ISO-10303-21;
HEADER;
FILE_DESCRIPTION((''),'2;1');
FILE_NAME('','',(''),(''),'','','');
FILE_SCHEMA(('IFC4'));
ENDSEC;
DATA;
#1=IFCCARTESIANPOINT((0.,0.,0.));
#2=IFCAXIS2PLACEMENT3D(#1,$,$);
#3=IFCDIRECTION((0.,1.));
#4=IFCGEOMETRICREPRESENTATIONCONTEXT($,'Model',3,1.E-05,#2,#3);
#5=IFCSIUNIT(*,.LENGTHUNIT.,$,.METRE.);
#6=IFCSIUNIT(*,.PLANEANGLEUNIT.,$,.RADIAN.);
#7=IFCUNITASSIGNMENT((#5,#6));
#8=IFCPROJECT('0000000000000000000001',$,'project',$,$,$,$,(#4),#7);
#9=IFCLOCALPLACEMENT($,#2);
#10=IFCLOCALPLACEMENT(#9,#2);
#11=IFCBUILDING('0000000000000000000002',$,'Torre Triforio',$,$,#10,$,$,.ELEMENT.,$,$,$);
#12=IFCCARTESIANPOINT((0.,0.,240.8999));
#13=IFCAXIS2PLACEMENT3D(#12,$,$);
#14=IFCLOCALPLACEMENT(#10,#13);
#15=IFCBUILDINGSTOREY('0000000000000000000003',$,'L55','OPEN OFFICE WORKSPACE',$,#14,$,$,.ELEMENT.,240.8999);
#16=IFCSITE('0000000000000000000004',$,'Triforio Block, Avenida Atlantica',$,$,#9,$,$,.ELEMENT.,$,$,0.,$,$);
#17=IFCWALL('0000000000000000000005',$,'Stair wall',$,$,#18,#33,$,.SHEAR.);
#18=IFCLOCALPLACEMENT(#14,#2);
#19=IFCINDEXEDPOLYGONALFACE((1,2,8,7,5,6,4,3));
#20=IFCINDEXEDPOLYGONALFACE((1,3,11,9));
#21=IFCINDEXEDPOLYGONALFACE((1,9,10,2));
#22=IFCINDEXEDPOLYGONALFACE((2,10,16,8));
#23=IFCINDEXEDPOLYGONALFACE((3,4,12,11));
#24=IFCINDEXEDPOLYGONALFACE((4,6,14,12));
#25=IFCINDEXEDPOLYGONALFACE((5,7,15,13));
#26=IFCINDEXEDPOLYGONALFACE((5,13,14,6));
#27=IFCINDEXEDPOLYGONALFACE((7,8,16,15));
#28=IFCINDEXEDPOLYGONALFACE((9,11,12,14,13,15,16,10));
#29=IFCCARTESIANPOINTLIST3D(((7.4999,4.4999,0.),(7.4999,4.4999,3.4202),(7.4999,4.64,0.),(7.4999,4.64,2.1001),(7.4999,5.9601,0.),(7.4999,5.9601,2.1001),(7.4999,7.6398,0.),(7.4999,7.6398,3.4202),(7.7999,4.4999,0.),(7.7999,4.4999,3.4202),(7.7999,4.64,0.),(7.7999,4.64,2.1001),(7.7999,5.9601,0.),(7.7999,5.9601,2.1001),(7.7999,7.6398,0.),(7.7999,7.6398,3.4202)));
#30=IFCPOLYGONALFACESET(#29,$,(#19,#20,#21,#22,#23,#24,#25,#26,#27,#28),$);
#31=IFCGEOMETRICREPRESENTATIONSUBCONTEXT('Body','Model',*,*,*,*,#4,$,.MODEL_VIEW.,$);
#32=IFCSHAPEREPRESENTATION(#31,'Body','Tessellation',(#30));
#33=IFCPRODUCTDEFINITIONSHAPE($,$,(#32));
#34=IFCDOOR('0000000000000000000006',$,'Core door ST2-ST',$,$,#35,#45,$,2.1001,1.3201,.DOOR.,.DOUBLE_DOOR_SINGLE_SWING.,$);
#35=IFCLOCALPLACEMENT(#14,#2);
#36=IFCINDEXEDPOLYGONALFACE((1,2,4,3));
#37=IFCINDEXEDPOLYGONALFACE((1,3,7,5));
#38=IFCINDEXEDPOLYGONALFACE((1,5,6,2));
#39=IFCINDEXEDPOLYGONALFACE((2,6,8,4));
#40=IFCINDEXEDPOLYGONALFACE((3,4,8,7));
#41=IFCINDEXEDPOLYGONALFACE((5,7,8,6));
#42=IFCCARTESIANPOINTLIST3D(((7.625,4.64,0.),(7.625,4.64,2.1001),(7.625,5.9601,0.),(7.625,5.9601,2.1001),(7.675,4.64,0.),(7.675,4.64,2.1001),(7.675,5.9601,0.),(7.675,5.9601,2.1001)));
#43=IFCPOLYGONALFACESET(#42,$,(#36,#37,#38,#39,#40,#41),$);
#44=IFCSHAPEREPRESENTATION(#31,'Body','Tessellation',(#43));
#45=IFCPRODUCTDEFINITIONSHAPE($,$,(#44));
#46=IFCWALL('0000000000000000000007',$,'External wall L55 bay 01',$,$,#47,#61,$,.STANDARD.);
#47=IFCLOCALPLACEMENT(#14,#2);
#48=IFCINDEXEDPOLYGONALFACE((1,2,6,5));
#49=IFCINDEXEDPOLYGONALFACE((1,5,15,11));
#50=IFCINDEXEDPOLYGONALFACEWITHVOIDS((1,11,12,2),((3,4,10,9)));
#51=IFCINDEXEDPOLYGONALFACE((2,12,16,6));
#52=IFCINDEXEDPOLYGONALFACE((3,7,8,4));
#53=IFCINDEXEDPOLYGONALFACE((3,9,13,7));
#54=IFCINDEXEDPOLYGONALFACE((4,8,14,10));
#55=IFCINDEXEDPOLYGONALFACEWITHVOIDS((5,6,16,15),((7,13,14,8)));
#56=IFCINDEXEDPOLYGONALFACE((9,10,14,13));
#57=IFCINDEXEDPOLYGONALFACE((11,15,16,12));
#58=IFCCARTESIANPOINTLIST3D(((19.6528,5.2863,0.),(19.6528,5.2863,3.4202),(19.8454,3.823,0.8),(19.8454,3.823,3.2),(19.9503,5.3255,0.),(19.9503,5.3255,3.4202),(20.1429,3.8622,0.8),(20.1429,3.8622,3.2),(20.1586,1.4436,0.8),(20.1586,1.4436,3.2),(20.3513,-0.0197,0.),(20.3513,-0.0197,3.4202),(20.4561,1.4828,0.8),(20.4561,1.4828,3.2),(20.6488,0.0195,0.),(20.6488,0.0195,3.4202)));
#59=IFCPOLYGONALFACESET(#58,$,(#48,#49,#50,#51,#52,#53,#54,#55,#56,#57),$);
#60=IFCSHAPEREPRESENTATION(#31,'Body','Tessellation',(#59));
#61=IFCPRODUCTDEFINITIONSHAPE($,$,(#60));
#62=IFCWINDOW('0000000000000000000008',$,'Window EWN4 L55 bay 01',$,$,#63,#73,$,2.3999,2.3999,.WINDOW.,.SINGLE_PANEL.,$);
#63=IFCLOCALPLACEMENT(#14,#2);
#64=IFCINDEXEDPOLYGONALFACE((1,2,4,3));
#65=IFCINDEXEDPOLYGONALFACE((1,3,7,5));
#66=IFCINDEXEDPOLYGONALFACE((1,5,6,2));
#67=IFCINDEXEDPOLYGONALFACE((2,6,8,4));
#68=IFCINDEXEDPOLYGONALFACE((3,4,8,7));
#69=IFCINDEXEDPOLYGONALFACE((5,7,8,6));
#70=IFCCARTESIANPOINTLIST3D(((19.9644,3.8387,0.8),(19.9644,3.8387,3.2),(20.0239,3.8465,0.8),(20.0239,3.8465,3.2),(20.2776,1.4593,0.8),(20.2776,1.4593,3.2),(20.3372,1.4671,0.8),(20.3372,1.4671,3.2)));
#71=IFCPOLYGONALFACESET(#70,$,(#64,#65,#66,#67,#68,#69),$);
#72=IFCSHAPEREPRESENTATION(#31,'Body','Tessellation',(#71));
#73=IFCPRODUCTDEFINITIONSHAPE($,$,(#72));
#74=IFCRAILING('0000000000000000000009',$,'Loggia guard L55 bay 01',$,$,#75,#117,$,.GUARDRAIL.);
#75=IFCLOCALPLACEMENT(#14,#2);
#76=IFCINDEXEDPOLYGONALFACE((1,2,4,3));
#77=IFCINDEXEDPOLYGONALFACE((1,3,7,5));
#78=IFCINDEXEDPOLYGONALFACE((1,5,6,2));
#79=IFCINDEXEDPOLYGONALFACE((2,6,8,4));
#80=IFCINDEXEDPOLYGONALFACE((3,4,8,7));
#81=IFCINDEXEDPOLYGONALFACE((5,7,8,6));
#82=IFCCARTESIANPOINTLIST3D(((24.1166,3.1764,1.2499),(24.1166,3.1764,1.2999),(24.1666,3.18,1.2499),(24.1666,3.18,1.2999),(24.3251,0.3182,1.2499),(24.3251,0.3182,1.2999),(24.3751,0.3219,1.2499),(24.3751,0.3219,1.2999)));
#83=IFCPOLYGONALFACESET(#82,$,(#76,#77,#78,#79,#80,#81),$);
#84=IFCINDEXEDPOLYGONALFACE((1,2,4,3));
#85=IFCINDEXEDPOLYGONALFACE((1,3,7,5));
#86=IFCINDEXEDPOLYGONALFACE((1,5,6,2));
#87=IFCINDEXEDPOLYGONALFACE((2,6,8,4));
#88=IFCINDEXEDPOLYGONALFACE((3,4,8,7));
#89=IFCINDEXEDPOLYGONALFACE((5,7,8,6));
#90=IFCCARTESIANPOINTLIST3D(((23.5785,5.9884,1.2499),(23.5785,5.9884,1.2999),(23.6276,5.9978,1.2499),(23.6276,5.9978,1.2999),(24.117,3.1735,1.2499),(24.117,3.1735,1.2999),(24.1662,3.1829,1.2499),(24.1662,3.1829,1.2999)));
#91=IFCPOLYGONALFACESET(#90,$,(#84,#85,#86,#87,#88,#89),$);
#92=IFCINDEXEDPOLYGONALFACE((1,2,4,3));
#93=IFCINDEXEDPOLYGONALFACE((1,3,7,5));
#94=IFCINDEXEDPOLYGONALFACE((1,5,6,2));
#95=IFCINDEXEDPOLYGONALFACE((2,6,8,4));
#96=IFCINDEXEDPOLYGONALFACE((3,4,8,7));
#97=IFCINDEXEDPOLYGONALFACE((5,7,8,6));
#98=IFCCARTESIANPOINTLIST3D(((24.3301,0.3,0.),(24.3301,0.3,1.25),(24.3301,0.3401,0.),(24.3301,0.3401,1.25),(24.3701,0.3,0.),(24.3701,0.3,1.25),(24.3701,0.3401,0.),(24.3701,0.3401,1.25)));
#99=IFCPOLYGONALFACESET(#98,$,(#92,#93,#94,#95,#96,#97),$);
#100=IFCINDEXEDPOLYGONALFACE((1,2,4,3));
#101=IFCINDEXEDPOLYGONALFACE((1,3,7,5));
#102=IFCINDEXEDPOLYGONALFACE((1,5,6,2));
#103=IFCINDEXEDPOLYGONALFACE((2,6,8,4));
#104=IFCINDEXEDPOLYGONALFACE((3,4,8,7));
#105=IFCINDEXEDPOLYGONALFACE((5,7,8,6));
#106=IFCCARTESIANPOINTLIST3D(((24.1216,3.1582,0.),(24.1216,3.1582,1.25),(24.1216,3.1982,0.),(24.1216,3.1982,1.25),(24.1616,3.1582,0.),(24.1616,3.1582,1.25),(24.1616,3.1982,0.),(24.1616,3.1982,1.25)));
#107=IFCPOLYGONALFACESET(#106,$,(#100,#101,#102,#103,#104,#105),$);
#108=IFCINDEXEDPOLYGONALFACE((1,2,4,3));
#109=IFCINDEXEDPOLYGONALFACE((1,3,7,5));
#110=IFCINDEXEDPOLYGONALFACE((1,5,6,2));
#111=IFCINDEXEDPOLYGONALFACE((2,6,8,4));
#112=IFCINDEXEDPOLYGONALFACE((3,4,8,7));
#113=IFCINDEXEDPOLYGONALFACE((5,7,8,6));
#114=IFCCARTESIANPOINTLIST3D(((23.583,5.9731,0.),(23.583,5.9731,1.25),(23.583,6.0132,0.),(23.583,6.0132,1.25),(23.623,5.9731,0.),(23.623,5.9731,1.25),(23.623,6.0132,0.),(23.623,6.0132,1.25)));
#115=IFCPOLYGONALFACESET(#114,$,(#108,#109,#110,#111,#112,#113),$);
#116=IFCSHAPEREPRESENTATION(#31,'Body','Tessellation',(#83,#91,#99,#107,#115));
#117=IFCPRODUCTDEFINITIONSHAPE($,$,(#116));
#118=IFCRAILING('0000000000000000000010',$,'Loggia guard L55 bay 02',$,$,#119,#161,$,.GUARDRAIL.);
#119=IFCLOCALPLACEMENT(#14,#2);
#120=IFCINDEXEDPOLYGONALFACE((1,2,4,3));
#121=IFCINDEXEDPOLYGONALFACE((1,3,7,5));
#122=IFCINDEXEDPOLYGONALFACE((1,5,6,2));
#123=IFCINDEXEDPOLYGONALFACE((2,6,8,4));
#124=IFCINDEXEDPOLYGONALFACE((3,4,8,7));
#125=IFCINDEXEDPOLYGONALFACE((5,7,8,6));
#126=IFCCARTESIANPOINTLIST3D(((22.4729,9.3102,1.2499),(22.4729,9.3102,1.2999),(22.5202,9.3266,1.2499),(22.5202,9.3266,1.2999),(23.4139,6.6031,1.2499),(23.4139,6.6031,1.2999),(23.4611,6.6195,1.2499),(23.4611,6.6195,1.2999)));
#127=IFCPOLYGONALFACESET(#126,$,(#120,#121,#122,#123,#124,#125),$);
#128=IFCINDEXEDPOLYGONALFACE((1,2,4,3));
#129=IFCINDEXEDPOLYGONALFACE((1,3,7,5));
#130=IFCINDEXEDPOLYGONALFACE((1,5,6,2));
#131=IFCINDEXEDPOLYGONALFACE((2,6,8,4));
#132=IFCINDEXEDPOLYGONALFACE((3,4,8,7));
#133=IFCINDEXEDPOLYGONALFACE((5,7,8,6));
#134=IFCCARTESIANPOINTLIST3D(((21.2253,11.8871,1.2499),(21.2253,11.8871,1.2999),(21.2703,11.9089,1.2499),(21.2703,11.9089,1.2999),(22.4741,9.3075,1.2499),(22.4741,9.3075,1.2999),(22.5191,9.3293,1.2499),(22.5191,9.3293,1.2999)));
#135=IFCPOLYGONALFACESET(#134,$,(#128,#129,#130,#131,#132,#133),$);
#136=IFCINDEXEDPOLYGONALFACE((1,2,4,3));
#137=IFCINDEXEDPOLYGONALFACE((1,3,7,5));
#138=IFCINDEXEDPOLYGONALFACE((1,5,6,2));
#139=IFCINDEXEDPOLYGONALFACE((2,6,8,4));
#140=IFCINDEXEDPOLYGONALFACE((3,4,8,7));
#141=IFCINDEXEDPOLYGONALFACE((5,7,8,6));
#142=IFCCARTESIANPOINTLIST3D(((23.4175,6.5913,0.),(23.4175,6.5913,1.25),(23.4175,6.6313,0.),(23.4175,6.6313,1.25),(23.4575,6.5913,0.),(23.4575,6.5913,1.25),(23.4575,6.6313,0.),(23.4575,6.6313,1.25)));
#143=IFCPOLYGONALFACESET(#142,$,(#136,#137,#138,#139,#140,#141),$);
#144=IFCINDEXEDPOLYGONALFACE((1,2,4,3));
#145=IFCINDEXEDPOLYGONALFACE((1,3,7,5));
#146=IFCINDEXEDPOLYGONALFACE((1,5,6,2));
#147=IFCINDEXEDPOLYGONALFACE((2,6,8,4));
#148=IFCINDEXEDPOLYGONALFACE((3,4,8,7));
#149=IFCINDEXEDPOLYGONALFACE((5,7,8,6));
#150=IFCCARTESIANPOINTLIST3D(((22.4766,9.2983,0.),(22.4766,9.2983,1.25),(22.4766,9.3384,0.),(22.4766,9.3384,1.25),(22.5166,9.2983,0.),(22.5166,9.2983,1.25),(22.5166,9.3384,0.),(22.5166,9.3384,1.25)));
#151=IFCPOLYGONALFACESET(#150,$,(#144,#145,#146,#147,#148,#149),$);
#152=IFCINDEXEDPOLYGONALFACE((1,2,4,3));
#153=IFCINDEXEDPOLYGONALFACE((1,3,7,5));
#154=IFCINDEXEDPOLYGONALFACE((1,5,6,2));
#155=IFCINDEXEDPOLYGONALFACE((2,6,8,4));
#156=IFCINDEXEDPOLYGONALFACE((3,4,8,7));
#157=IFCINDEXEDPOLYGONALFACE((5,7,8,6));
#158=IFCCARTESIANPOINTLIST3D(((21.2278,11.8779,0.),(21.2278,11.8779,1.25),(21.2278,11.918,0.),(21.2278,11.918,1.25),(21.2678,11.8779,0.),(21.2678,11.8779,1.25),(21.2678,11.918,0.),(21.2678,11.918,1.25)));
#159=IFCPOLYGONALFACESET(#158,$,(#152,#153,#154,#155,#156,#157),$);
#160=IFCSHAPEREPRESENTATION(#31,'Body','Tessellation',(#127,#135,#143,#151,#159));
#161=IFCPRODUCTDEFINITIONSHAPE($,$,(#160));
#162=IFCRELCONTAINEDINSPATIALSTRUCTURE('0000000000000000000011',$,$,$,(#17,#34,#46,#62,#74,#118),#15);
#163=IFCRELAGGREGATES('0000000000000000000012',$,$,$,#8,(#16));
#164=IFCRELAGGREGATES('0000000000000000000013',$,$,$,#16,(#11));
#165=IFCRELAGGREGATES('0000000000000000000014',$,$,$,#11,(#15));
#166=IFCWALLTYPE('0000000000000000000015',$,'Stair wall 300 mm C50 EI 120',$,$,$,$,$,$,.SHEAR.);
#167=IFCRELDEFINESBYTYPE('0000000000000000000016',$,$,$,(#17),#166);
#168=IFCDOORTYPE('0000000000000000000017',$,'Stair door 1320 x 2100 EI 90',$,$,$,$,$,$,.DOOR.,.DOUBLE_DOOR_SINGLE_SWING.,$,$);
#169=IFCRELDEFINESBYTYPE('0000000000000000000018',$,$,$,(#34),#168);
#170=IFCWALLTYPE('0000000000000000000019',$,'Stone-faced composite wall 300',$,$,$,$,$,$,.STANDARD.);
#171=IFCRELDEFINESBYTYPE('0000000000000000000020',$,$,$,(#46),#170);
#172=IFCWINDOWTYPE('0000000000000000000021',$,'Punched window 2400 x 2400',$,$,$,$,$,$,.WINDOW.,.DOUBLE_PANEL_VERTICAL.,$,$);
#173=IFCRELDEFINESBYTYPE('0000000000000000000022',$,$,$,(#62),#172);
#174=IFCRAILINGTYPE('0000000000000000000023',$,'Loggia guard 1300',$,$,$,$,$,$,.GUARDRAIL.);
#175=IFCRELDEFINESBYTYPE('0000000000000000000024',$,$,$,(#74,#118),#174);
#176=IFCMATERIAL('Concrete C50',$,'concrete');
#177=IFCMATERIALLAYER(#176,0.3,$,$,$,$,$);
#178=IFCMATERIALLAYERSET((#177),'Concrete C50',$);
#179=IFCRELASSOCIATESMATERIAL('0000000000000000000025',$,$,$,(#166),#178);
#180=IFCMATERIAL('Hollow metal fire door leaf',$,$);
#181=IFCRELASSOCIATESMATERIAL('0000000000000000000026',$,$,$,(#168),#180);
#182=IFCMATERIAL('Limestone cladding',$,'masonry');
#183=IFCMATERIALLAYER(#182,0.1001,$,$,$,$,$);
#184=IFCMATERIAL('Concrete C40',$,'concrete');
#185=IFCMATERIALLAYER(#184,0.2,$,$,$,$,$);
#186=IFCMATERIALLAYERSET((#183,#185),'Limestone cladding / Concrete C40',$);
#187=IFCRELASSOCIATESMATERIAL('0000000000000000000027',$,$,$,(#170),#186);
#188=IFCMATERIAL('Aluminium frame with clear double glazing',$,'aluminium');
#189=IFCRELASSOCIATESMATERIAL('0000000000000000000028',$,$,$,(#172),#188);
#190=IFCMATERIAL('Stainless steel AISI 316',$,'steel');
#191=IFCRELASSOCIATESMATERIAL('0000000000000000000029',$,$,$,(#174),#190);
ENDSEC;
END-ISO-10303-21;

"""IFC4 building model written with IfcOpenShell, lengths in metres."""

from ifc_helpers import new_model, si_unit, direction, frame, frame_2d, origin, origin_2d, place, context, subcontext, project, spatial, rectangle, extrude, material, layer, layer_set, type_object, element, fill, save


model = new_model("IFC4")

# Units and contexts
model_context = context("Model", 3, precision=1e-05, world=origin(), true_north=direction((0.0, 1.0)))
body_context = subcontext(model_context, "Body", "Model", "MODEL_VIEW")
ifc_project = project(units=[si_unit("LENGTHUNIT", "METRE"), si_unit("PLANEANGLEUNIT", "RADIAN")], contexts=[model_context])

# Site, building, storey
site_placement = place(None, origin())
site = spatial("IfcSite", under=ifc_project, at=site_placement, Name="Triforio Block, Avenida Atlantica", CompositionType="ELEMENT", RefElevation=0.0)
building_placement = place(site_placement, origin())
building = spatial("IfcBuilding", under=site, at=building_placement, Name="Torre Triforio", CompositionType="ELEMENT")
storey_placement = place(building_placement, frame((0.0, 0.0, 240.8999)))
storey = spatial("IfcBuildingStorey", under=building, at=storey_placement, Name="L55", Description="OPEN OFFICE WORKSPACE", CompositionType="ELEMENT", Elevation=240.8999)

# Shared definitions
ifc_material_1 = material(Name="Concrete C50", Category="concrete")

# Shared definitions
ifc_material_2 = material(Name="Concrete C40", Category="concrete")

# Shared definitions
ifc_material_3 = material(Name="Limestone cladding", Category="masonry")

# Wall, opening, door
ifc_layer_1 = layer(ifc_material_1, 0.3)
ifc_layer_set_1 = layer_set([ifc_layer_1], Name="Concrete C50")
wall_type_1 = type_object("IfcWallType", Name="Stair wall 300 mm C50 EI 120", PredefinedType="SHEAR", material=ifc_layer_set_1)
wall_1_placement = place(storey_placement, frame((7.6499, 4.5, 0.0), z_axis=(0.0, 0.0, 1.0), x_axis=(0.0, 1.0, 0.0)))
wall_1 = element("IfcWall", 1, at=wall_1_placement, inside=storey, type_object=wall_type_1, Name="Stair wall", PredefinedType="SHEAR", context=body_context, shape_type="SweptSolid", body=[
    extrude(rectangle(XDim=3.1399, YDim=0.3, at=frame_2d((1.5698, 0.0))), origin(), (0.0, 0.0, 1.0), 3.4202),
])
opening_1_placement = place(wall_1_placement, frame((0.1399, 0.0, 0.0)))
opening_1 = element("IfcOpeningElement", 2, at=opening_1_placement, cuts=wall_1, PredefinedType="OPENING", context=body_context, shape_type="SweptSolid", body=[
    extrude(rectangle(XDim=1.3201, YDim=2.1001, at=frame_2d((0.6602, 1.05))), frame((0.0, 0.1599, 0.0), z_axis=(0.0, -1.0, 0.0), x_axis=(1.0, 0.0, 0.0)), (0.0, 0.0, 1.0), 0.3201),
])
ifc_material_4 = material(Name="Hollow metal fire door leaf")
door_type_1 = type_object("IfcDoorType", Name="Stair door 1320 x 2100 EI 90", OperationType="DOUBLE_DOOR_SINGLE_SWING", PredefinedType="DOOR", material=ifc_material_4)
door_1_placement = place(opening_1_placement, origin())
door_1 = element("IfcDoor", 3, at=door_1_placement, inside=storey, type_object=door_type_1, Name="Core door ST2-ST", OperationType="DOUBLE_DOOR_SINGLE_SWING", OverallHeight=2.1001, OverallWidth=1.3201, PredefinedType="DOOR", context=body_context, shape_type="SweptSolid", body=[
    extrude(rectangle(XDim=1.3201, YDim=2.1001, at=frame_2d((0.6602, 1.05))), frame((0.0, 0.0249, 0.0), z_axis=(0.0, -1.0, 0.0), x_axis=(1.0, 0.0, 0.0)), (0.0, 0.0, 1.0), 0.05),
])
fill(opening_1, door_1)

# Wall, opening, window
ifc_layer_2 = layer(ifc_material_3, 0.1001)
ifc_layer_3 = layer(ifc_material_2, 0.2)
ifc_layer_set_2 = layer_set([ifc_layer_2, ifc_layer_3], Name="Limestone cladding / Concrete C40")
wall_type_2 = type_object("IfcWallType", Name="Stone-faced composite wall 300", PredefinedType="STANDARD", material=ifc_layer_set_2)
wall_2_placement = place(storey_placement, frame((20.5, 0.0, 0.0), z_axis=(0.0, 0.0, 1.0), x_axis=(-0.130517, 0.991446, 0.0)))
wall_2 = element("IfcWall", 4, at=wall_2_placement, inside=storey, type_object=wall_type_2, Name="External wall L55 bay 01", PredefinedType="STANDARD", context=body_context, shape_type="SweptSolid", body=[
    extrude(rectangle(XDim=5.3518, YDim=0.3, at=frame_2d((2.6758, 0.0))), origin(), (0.0, 0.0, 1.0), 3.4202),
])
opening_2_placement = place(wall_2_placement, frame((1.4758, 0.0, 0.8)))
opening_2 = element("IfcOpeningElement", 5, at=opening_2_placement, cuts=wall_2, PredefinedType="OPENING", context=body_context, shape_type="SweptSolid", body=[
    extrude(rectangle(XDim=2.3999, YDim=2.3999, at=frame_2d((1.2, 1.2))), frame((0.0, 0.1599, 0.0), z_axis=(0.0, -1.0, 0.0), x_axis=(1.0, 0.0, 0.0)), (0.0, 0.0, 1.0), 0.3201),
])
ifc_material_5 = material(Name="Aluminium frame with clear double glazing", Category="aluminium")
window_type_1 = type_object("IfcWindowType", Name="Punched window 2400 x 2400", PartitioningType="DOUBLE_PANEL_VERTICAL", PredefinedType="WINDOW", material=ifc_material_5)
window_1_placement = place(opening_2_placement, origin())
window_1 = element("IfcWindow", 6, at=window_1_placement, inside=storey, type_object=window_type_1, Name="Window EWN4 L55 bay 01", OverallHeight=2.3999, OverallWidth=2.3999, PartitioningType="SINGLE_PANEL", PredefinedType="WINDOW", context=body_context, shape_type="SweptSolid", body=[
    extrude(rectangle(XDim=2.3999, YDim=2.3999, at=frame_2d((1.2, 1.2))), frame((0.0, 0.03, 0.0), z_axis=(0.0, -1.0, 0.0), x_axis=(1.0, 0.0, 0.0)), (0.0, 0.0, 1.0), 0.0601),
])
fill(opening_2, window_1)

# Railings
ifc_material_6 = material(Name="Stainless steel AISI 316", Category="steel")
railing_type = type_object("IfcRailingType", Name="Loggia guard 1300", PredefinedType="GUARDRAIL", material=ifc_material_6)
railing_1_placement = place(storey_placement, frame((24.3501, 0.3201, 0.0)))
element("IfcRailing", 7, at=railing_1_placement, inside=storey, type_object=railing_type, Name="Loggia guard L55 bay 01", PredefinedType="GUARDRAIL", context=body_context, shape_type="SweptSolid", body=[
    extrude(rectangle(XDim=0.05, YDim=0.05, at=origin_2d()), frame((0.0, 0.0, 1.2749), z_axis=(-0.072754, 0.99735, 0.0), x_axis=(-0.99735, -0.072754, 0.0)), (0.0, 0.0, 1.0), 2.8657),
    extrude(rectangle(XDim=0.05, YDim=0.05, at=origin_2d()), frame((-0.2085, 2.8582, 1.2749), z_axis=(-0.187918, 0.982185, 0.0), x_axis=(-0.982185, -0.187918, 0.0)), (0.0, 0.0, 1.0), 2.866),
    extrude(rectangle(XDim=0.04, YDim=0.04, at=origin_2d()), origin(), (0.0, 0.0, 1.0), 1.25),
    extrude(rectangle(XDim=0.04, YDim=0.04, at=origin_2d()), frame((-0.2085, 2.8582, 0.0)), (0.0, 0.0, 1.0), 1.25),
    extrude(rectangle(XDim=0.04, YDim=0.04, at=origin_2d()), frame((-0.7471, 5.6731, 0.0)), (0.0, 0.0, 1.0), 1.25),
])
railing_2_placement = place(storey_placement, frame((23.4375, 6.6113, 0.0)))
element("IfcRailing", 8, at=railing_2_placement, inside=storey, type_object=railing_type, Name="Loggia guard L55 bay 02", PredefinedType="GUARDRAIL", context=body_context, shape_type="SweptSolid", body=[
    extrude(rectangle(XDim=0.05, YDim=0.05, at=origin_2d()), frame((0.0, 0.0, 1.2749), z_axis=(-0.328316, 0.944568, 0.0), x_axis=(-0.944568, -0.328316, 0.0)), (0.0, 0.0, 1.0), 2.866),
    extrude(rectangle(XDim=0.05, YDim=0.05, at=origin_2d()), frame((-0.9409, 2.707, 1.2749), z_axis=(-0.435728, 0.900078, 0.0), x_axis=(-0.900078, -0.435728, 0.0)), (0.0, 0.0, 1.0), 2.866),
    extrude(rectangle(XDim=0.04, YDim=0.04, at=origin_2d()), origin(), (0.0, 0.0, 1.0), 1.25),
    extrude(rectangle(XDim=0.04, YDim=0.04, at=origin_2d()), frame((-0.9409, 2.707, 0.0)), (0.0, 0.0, 1.0), 1.25),
    extrude(rectangle(XDim=0.04, YDim=0.04, at=origin_2d()), frame((-2.1897, 5.2866, 0.0)), (0.0, 0.0, 1.0), 1.25),
])

save(model, "model.ifc")
